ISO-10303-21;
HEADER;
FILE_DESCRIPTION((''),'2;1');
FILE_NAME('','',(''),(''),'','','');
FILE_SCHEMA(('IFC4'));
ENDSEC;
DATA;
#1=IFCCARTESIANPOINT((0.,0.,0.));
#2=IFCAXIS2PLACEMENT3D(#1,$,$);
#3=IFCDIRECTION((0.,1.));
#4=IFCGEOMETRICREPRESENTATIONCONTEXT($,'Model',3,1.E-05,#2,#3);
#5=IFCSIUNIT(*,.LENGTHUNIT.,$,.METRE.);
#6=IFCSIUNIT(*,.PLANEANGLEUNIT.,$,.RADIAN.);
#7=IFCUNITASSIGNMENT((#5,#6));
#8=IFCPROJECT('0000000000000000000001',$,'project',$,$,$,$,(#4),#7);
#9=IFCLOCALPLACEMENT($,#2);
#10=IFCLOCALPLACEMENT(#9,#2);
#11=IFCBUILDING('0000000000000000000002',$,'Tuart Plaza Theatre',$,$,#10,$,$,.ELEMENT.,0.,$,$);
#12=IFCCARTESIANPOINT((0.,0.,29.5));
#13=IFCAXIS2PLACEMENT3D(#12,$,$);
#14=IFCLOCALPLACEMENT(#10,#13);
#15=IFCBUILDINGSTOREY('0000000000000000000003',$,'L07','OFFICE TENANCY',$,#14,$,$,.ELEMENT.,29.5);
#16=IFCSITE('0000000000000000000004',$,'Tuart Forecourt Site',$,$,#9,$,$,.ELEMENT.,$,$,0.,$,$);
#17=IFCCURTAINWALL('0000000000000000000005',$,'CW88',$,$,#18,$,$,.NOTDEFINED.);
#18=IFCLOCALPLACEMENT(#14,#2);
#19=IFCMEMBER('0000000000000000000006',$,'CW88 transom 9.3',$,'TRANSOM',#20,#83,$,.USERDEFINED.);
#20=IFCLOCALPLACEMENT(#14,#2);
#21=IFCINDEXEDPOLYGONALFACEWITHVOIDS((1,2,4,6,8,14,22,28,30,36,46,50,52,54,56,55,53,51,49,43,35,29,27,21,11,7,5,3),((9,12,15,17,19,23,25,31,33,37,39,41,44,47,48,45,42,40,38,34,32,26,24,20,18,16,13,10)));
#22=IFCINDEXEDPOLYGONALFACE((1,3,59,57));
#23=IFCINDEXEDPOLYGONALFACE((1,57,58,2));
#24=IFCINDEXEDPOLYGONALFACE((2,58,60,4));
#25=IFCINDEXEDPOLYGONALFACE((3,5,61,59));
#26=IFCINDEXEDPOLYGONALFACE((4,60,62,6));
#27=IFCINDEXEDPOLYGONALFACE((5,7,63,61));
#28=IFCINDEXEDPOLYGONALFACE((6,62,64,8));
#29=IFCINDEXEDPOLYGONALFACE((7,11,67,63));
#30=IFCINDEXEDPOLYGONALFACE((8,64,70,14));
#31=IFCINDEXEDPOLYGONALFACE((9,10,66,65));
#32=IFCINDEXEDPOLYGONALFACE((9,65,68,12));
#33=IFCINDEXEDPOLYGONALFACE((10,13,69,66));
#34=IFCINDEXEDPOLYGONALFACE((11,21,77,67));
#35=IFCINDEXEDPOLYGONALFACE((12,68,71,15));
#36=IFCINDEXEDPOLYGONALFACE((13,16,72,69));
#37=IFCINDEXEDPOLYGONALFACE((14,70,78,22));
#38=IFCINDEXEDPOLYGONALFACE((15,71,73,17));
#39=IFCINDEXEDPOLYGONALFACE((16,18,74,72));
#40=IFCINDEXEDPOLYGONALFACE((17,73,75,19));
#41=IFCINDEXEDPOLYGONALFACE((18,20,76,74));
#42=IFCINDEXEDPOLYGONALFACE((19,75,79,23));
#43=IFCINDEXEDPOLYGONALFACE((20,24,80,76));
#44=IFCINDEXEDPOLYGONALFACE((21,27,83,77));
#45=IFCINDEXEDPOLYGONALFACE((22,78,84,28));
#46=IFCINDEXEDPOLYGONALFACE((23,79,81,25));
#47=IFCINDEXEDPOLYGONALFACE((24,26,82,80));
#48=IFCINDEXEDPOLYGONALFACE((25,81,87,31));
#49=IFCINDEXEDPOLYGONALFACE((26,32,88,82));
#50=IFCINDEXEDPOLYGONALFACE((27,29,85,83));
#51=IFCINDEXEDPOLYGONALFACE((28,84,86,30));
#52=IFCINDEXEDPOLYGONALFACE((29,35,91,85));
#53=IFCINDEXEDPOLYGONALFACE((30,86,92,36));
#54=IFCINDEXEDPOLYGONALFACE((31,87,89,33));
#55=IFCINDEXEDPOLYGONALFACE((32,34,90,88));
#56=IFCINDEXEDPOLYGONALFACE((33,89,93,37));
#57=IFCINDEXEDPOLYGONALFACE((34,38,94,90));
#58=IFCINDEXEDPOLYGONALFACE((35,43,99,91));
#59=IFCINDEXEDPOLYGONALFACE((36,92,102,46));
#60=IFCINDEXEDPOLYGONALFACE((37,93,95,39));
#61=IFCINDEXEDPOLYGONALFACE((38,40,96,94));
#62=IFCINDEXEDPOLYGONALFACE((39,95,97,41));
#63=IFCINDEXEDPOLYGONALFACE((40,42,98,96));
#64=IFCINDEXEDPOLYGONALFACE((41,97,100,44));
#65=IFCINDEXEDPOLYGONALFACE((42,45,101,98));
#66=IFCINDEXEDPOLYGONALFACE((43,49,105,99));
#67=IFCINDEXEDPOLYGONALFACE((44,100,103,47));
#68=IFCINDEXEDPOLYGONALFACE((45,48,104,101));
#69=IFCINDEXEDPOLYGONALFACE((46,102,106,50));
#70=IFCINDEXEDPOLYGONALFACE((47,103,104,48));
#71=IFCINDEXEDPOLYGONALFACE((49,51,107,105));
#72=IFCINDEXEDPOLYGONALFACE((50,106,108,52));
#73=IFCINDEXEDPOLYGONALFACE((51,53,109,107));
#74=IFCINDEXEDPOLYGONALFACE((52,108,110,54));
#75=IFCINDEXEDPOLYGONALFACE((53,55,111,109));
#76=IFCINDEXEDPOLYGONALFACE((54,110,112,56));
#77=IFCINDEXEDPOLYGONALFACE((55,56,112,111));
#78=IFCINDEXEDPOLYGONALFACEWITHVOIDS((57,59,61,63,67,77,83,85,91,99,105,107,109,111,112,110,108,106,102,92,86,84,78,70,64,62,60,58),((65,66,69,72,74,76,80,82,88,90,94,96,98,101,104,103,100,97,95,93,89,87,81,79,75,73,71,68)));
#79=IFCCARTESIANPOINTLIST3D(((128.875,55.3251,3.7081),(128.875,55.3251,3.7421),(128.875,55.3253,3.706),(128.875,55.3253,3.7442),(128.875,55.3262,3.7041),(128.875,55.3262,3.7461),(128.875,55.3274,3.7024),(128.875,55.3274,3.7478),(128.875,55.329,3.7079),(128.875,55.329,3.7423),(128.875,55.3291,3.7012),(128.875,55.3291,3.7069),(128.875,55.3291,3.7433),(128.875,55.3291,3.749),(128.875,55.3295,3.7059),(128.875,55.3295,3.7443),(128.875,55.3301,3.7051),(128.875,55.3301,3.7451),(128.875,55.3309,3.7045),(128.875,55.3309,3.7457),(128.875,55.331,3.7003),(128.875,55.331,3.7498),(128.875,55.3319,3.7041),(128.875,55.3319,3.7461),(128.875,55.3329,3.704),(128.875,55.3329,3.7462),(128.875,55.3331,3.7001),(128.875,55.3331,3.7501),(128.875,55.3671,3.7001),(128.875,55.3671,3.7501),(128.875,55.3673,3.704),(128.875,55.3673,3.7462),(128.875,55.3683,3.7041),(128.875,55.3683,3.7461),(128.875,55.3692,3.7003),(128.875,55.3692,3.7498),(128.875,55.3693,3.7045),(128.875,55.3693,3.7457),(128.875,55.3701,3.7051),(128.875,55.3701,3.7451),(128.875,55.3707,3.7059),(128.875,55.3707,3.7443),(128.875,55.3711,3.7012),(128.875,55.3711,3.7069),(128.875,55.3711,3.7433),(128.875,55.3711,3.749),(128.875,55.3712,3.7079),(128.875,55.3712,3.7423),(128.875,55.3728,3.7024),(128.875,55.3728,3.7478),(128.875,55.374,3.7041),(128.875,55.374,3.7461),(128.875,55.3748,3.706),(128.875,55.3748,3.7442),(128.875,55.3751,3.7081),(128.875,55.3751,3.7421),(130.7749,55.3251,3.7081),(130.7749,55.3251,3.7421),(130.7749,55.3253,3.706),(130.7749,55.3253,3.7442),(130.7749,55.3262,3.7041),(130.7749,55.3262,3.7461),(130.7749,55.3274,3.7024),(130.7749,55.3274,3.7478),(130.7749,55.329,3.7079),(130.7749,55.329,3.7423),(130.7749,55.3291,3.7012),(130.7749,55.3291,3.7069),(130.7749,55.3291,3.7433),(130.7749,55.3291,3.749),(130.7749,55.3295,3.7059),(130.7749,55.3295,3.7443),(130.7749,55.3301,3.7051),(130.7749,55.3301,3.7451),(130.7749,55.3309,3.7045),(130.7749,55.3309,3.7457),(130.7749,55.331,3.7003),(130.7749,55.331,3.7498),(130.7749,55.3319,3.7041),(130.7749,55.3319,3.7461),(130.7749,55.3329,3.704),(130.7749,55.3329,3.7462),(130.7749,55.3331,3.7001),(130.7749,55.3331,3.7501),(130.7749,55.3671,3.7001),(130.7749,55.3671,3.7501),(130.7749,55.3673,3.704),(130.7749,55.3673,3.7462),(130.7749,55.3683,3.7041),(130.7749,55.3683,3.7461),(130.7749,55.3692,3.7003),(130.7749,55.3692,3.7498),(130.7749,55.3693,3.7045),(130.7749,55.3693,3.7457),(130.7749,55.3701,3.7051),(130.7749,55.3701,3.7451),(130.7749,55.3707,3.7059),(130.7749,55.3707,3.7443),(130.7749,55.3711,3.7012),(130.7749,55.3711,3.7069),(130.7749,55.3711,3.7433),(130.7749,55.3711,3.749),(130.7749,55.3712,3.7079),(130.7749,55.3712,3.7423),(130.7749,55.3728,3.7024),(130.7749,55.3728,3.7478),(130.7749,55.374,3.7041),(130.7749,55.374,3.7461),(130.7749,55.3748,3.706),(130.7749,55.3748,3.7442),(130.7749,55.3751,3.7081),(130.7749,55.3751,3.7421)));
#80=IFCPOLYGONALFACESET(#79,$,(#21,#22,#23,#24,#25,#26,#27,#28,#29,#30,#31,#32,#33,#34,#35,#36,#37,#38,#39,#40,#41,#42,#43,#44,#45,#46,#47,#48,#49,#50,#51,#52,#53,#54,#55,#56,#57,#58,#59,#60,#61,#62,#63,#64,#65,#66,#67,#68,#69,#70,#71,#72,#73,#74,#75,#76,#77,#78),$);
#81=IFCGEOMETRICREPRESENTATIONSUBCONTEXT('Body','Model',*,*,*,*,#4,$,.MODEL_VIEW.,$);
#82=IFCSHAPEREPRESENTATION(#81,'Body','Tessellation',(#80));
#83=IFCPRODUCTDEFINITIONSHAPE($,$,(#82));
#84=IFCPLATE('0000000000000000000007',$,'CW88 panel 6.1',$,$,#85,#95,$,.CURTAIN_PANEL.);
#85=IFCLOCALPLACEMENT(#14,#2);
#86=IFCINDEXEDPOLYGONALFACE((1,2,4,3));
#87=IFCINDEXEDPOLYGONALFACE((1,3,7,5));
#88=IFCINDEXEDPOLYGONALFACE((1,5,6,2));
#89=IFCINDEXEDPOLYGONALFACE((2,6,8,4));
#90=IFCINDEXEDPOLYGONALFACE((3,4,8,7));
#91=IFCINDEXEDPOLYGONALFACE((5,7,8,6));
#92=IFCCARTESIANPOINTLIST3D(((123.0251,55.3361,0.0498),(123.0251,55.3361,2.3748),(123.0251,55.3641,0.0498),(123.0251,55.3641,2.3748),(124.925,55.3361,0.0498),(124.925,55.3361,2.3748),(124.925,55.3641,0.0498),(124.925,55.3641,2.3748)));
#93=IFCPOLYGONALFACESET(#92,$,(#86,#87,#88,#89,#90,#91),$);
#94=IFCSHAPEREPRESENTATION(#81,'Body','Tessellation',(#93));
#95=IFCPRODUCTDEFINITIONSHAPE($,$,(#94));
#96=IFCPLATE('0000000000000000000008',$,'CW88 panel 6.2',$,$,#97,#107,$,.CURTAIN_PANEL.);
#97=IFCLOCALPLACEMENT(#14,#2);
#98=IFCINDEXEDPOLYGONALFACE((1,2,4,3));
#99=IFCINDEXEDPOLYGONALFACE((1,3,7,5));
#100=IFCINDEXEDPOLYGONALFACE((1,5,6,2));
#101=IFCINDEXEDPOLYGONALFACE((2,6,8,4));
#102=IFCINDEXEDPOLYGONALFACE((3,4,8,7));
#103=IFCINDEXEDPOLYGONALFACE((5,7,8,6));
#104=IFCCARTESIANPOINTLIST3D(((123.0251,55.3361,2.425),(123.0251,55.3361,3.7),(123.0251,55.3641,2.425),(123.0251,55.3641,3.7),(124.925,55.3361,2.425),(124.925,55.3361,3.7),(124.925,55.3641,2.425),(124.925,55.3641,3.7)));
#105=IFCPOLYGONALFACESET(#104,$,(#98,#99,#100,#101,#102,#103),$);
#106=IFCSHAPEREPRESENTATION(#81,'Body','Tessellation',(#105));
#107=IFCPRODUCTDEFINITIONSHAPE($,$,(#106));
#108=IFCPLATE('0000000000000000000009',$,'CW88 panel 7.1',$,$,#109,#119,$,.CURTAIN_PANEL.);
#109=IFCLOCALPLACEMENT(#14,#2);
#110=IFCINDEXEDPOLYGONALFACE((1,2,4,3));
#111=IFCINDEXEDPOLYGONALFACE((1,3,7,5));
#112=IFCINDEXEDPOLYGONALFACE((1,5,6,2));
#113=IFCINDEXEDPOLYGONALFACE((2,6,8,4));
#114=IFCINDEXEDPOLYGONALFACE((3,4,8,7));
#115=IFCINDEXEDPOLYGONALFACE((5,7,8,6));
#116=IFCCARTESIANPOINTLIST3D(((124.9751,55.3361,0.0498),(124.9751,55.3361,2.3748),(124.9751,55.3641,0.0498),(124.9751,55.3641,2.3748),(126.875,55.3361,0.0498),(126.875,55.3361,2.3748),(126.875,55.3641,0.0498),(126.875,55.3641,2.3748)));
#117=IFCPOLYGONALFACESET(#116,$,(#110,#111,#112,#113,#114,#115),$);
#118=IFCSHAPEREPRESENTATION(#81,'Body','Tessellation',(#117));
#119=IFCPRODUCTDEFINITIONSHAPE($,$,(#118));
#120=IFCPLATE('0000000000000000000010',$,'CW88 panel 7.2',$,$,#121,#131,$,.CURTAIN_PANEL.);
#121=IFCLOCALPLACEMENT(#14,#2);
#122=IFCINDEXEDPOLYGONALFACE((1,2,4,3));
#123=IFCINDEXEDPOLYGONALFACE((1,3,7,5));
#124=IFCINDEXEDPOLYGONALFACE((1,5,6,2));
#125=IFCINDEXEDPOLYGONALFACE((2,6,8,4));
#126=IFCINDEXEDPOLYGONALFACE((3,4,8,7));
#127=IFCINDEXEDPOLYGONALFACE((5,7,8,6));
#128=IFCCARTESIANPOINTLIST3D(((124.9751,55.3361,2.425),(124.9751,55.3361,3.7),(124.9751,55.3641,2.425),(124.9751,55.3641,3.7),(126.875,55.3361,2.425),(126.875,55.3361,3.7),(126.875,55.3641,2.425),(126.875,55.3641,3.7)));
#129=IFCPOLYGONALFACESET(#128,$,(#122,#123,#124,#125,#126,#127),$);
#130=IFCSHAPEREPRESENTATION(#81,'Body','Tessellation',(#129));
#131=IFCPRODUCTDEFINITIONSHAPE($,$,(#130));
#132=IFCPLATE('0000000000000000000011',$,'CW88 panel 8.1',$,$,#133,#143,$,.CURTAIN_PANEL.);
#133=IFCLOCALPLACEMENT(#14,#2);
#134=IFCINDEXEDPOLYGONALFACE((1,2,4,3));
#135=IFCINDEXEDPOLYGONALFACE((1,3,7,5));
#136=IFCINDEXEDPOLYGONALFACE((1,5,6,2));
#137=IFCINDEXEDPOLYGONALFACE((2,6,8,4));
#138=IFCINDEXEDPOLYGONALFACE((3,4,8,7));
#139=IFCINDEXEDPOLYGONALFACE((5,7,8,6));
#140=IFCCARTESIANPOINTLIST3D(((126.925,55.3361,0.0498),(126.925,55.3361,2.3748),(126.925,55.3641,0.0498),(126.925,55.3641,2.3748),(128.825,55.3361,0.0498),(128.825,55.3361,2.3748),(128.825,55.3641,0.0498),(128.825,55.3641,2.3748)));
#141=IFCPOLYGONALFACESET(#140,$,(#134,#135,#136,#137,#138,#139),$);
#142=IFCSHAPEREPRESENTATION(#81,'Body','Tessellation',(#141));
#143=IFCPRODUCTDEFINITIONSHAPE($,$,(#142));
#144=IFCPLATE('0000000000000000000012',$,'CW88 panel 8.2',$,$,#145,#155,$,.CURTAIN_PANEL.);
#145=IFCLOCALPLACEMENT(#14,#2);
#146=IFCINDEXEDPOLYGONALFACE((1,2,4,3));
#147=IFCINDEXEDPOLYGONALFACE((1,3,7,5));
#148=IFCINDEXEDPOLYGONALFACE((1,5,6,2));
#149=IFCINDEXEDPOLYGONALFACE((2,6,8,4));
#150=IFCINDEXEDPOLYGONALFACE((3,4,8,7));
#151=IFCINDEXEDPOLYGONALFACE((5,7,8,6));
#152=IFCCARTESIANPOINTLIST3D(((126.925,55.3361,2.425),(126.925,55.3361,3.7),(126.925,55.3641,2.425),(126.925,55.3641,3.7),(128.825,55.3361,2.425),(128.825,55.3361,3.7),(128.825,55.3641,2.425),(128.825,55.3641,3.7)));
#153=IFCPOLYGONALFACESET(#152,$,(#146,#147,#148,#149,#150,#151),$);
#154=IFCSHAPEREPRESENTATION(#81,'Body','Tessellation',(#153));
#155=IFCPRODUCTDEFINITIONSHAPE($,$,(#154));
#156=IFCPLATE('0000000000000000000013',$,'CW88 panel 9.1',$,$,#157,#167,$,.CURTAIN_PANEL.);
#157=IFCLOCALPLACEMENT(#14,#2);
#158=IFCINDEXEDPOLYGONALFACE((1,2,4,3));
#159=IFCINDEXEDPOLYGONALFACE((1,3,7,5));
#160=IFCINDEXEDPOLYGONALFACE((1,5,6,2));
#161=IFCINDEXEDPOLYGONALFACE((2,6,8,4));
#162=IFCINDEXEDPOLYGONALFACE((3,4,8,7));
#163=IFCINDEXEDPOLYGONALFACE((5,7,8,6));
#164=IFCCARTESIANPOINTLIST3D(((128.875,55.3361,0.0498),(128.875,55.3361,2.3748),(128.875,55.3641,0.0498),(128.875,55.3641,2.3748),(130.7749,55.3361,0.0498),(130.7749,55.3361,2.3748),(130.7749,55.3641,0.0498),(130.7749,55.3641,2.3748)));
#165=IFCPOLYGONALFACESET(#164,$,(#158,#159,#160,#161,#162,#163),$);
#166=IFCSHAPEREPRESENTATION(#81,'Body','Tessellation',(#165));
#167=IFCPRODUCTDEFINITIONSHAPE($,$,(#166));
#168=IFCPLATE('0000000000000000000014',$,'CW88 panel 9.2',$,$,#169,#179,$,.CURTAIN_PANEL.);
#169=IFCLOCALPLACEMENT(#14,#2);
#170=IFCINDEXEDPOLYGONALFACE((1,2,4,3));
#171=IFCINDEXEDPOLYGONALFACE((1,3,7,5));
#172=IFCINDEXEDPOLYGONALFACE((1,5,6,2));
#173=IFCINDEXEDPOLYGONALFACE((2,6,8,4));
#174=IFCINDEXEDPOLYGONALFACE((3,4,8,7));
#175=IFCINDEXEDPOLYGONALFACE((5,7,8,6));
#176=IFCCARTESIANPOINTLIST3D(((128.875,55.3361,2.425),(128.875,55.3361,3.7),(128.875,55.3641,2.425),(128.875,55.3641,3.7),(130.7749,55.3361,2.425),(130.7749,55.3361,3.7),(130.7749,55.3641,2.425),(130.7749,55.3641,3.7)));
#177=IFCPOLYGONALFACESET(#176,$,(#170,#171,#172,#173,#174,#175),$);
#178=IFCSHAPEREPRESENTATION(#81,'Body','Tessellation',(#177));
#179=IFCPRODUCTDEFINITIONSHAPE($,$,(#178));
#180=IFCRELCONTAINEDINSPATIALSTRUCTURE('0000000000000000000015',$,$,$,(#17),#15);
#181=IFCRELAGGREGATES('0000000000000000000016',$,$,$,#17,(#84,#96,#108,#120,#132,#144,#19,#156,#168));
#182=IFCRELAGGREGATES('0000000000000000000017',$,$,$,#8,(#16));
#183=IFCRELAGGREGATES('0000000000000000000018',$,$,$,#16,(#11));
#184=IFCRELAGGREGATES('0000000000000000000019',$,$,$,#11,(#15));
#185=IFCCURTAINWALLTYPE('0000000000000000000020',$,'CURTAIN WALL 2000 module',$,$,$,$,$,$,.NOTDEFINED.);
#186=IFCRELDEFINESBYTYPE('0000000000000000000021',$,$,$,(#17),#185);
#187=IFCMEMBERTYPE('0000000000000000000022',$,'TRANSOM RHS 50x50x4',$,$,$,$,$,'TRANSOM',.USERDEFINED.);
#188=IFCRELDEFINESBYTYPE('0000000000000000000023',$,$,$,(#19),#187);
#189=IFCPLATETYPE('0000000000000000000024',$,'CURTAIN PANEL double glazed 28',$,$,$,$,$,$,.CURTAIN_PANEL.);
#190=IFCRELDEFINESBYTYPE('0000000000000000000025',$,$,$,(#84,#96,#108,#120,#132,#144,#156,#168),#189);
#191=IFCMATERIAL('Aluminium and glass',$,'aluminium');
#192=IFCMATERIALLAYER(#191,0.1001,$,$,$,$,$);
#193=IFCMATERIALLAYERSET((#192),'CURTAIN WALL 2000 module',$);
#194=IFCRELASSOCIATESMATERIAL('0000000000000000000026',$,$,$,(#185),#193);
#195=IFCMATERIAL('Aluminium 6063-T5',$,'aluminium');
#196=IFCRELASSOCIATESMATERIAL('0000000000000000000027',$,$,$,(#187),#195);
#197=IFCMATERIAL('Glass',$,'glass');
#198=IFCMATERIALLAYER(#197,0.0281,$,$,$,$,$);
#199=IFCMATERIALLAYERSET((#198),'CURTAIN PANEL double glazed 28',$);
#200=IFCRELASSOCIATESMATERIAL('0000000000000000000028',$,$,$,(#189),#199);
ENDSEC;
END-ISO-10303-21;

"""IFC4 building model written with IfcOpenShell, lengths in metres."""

from ifc_helpers import new_model, si_unit, direction, frame, origin, origin_2d, place, context, subcontext, project, spatial, rectangle, hollow_rectangle, extrude, material, layer, layer_set, material_profile, profile_set, type_object, element, aggregate, save


model = new_model("IFC4")

# Units and contexts
model_context = context("Model", 3, precision=1e-05, world=origin(), true_north=direction((0.0, 1.0)))
body_context = subcontext(model_context, "Body", "Model", "MODEL_VIEW")
ifc_project = project(units=[si_unit("LENGTHUNIT", "METRE"), si_unit("PLANEANGLEUNIT", "RADIAN")], contexts=[model_context])

# Site, building, storey
site_placement = place(None, origin())
site = spatial("IfcSite", under=ifc_project, at=site_placement, Name="Tuart Forecourt Site", CompositionType="ELEMENT", RefElevation=0.0)
building_placement = place(site_placement, origin())
building = spatial("IfcBuilding", under=site, at=building_placement, Name="Tuart Plaza Theatre", CompositionType="ELEMENT", ElevationOfRefHeight=0.0)
storey_placement = place(building_placement, frame((0.0, 0.0, 29.5)))
storey = spatial("IfcBuildingStorey", under=building, at=storey_placement, Name="L07", Description="OFFICE TENANCY", CompositionType="ELEMENT", Elevation=29.5)

# Curtain wall, member, plates
ifc_material_1 = material(Name="Aluminium and glass", Category="aluminium")
ifc_layer_1 = layer(ifc_material_1, 0.1001)
ifc_layer_set_1 = layer_set([ifc_layer_1], Name="CURTAIN WALL 2000 module")
curtain_wall_type = type_object("IfcCurtainWallType", Name="CURTAIN WALL 2000 module", PredefinedType="NOTDEFINED", material=ifc_layer_set_1)
curtain_wall_placement = place(storey_placement, origin())
curtain_wall = element("IfcCurtainWall", 1, at=curtain_wall_placement, inside=storey, type_object=curtain_wall_type, Name="CW88", PredefinedType="NOTDEFINED")
ifc_material_2 = material(Name="Aluminium 6063-T5", Category="aluminium")
ifc_material_profile_1 = material_profile(ifc_material_2, hollow_rectangle(XDim=0.05, YDim=0.05, WallThickness=0.0039, InnerFilletRadius=0.0039, OuterFilletRadius=0.0081, at=origin_2d()), Name="RHS 50x50x4")
ifc_profile_set_1 = profile_set([ifc_material_profile_1], Name="Aluminium 6063-T5")
member_type_1 = type_object("IfcMemberType", Name="TRANSOM RHS 50x50x4", ElementType="TRANSOM", PredefinedType="USERDEFINED", material=ifc_profile_set_1)
member_1_placement = place(storey_placement, frame((128.875, 55.3501, 3.7251), z_axis=(1.0, 0.0, 0.0), x_axis=(0.0, 1.0, 0.0)))
member_1 = element("IfcMember", 2, at=member_1_placement, type_object=member_type_1, Name="CW88 transom 9.3", ObjectType="TRANSOM", PredefinedType="USERDEFINED", context=body_context, shape_type="SweptSolid", body=[
    extrude(hollow_rectangle(XDim=0.05, YDim=0.05, WallThickness=0.0039, InnerFilletRadius=0.0039, OuterFilletRadius=0.0081, at=origin_2d()), origin(), (0.0, 0.0, 1.0), 1.8999),
])
ifc_material_3 = material(Name="Glass", Category="glass")
ifc_layer_2 = layer(ifc_material_3, 0.0281)
ifc_layer_set_2 = layer_set([ifc_layer_2], Name="CURTAIN PANEL double glazed 28")
plate_type = type_object("IfcPlateType", Name="CURTAIN PANEL double glazed 28", PredefinedType="CURTAIN_PANEL", material=ifc_layer_set_2)
plate_1_placement = place(storey_placement, frame((123.9751, 55.3501, 0.0498), z_axis=(0.0, 0.0, 1.0), x_axis=(1.0, 0.0, 0.0)))
plate_1 = element("IfcPlate", 3, at=plate_1_placement, type_object=plate_type, Name="CW88 panel 6.1", PredefinedType="CURTAIN_PANEL", context=body_context, shape_type="SweptSolid", body=[
    extrude(rectangle(XDim=1.8999, YDim=0.0281, at=origin_2d()), origin(), (0.0, 0.0, 1.0), 2.325),
])
plate_2_placement = place(storey_placement, frame((123.9751, 55.3501, 2.425), z_axis=(0.0, 0.0, 1.0), x_axis=(1.0, 0.0, 0.0)))
plate_2 = element("IfcPlate", 4, at=plate_2_placement, type_object=plate_type, Name="CW88 panel 6.2", PredefinedType="CURTAIN_PANEL", context=body_context, shape_type="SweptSolid", body=[
    extrude(rectangle(XDim=1.8999, YDim=0.0281, at=origin_2d()), origin(), (0.0, 0.0, 1.0), 1.2749),
])
plate_3_placement = place(storey_placement, frame((125.925, 55.3501, 0.0498), z_axis=(0.0, 0.0, 1.0), x_axis=(1.0, 0.0, 0.0)))
plate_3 = element("IfcPlate", 5, at=plate_3_placement, type_object=plate_type, Name="CW88 panel 7.1", PredefinedType="CURTAIN_PANEL", context=body_context, shape_type="SweptSolid", body=[
    extrude(rectangle(XDim=1.8999, YDim=0.0281, at=origin_2d()), origin(), (0.0, 0.0, 1.0), 2.325),
])
plate_4_placement = place(storey_placement, frame((125.925, 55.3501, 2.425), z_axis=(0.0, 0.0, 1.0), x_axis=(1.0, 0.0, 0.0)))
plate_4 = element("IfcPlate", 6, at=plate_4_placement, type_object=plate_type, Name="CW88 panel 7.2", PredefinedType="CURTAIN_PANEL", context=body_context, shape_type="SweptSolid", body=[
    extrude(rectangle(XDim=1.8999, YDim=0.0281, at=origin_2d()), origin(), (0.0, 0.0, 1.0), 1.2749),
])
plate_5_placement = place(storey_placement, frame((127.875, 55.3501, 0.0498), z_axis=(0.0, 0.0, 1.0), x_axis=(1.0, 0.0, 0.0)))
plate_5 = element("IfcPlate", 7, at=plate_5_placement, type_object=plate_type, Name="CW88 panel 8.1", PredefinedType="CURTAIN_PANEL", context=body_context, shape_type="SweptSolid", body=[
    extrude(rectangle(XDim=1.8999, YDim=0.0281, at=origin_2d()), origin(), (0.0, 0.0, 1.0), 2.325),
])
plate_6_placement = place(storey_placement, frame((127.875, 55.3501, 2.425), z_axis=(0.0, 0.0, 1.0), x_axis=(1.0, 0.0, 0.0)))
plate_6 = element("IfcPlate", 8, at=plate_6_placement, type_object=plate_type, Name="CW88 panel 8.2", PredefinedType="CURTAIN_PANEL", context=body_context, shape_type="SweptSolid", body=[
    extrude(rectangle(XDim=1.8999, YDim=0.0281, at=origin_2d()), origin(), (0.0, 0.0, 1.0), 1.2749),
])
plate_7_placement = place(storey_placement, frame((129.825, 55.3501, 0.0498), z_axis=(0.0, 0.0, 1.0), x_axis=(1.0, 0.0, 0.0)))
plate_7 = element("IfcPlate", 9, at=plate_7_placement, type_object=plate_type, Name="CW88 panel 9.1", PredefinedType="CURTAIN_PANEL", context=body_context, shape_type="SweptSolid", body=[
    extrude(rectangle(XDim=1.8999, YDim=0.0281, at=origin_2d()), origin(), (0.0, 0.0, 1.0), 2.325),
])
plate_8_placement = place(storey_placement, frame((129.825, 55.3501, 2.425), z_axis=(0.0, 0.0, 1.0), x_axis=(1.0, 0.0, 0.0)))
plate_8 = element("IfcPlate", 10, at=plate_8_placement, type_object=plate_type, Name="CW88 panel 9.2", PredefinedType="CURTAIN_PANEL", context=body_context, shape_type="SweptSolid", body=[
    extrude(rectangle(XDim=1.8999, YDim=0.0281, at=origin_2d()), origin(), (0.0, 0.0, 1.0), 1.2749),
])
aggregate(curtain_wall, [plate_1, plate_2, plate_3, plate_4, plate_5, plate_6, member_1, plate_7, plate_8])

save(model, "model.ifc")
